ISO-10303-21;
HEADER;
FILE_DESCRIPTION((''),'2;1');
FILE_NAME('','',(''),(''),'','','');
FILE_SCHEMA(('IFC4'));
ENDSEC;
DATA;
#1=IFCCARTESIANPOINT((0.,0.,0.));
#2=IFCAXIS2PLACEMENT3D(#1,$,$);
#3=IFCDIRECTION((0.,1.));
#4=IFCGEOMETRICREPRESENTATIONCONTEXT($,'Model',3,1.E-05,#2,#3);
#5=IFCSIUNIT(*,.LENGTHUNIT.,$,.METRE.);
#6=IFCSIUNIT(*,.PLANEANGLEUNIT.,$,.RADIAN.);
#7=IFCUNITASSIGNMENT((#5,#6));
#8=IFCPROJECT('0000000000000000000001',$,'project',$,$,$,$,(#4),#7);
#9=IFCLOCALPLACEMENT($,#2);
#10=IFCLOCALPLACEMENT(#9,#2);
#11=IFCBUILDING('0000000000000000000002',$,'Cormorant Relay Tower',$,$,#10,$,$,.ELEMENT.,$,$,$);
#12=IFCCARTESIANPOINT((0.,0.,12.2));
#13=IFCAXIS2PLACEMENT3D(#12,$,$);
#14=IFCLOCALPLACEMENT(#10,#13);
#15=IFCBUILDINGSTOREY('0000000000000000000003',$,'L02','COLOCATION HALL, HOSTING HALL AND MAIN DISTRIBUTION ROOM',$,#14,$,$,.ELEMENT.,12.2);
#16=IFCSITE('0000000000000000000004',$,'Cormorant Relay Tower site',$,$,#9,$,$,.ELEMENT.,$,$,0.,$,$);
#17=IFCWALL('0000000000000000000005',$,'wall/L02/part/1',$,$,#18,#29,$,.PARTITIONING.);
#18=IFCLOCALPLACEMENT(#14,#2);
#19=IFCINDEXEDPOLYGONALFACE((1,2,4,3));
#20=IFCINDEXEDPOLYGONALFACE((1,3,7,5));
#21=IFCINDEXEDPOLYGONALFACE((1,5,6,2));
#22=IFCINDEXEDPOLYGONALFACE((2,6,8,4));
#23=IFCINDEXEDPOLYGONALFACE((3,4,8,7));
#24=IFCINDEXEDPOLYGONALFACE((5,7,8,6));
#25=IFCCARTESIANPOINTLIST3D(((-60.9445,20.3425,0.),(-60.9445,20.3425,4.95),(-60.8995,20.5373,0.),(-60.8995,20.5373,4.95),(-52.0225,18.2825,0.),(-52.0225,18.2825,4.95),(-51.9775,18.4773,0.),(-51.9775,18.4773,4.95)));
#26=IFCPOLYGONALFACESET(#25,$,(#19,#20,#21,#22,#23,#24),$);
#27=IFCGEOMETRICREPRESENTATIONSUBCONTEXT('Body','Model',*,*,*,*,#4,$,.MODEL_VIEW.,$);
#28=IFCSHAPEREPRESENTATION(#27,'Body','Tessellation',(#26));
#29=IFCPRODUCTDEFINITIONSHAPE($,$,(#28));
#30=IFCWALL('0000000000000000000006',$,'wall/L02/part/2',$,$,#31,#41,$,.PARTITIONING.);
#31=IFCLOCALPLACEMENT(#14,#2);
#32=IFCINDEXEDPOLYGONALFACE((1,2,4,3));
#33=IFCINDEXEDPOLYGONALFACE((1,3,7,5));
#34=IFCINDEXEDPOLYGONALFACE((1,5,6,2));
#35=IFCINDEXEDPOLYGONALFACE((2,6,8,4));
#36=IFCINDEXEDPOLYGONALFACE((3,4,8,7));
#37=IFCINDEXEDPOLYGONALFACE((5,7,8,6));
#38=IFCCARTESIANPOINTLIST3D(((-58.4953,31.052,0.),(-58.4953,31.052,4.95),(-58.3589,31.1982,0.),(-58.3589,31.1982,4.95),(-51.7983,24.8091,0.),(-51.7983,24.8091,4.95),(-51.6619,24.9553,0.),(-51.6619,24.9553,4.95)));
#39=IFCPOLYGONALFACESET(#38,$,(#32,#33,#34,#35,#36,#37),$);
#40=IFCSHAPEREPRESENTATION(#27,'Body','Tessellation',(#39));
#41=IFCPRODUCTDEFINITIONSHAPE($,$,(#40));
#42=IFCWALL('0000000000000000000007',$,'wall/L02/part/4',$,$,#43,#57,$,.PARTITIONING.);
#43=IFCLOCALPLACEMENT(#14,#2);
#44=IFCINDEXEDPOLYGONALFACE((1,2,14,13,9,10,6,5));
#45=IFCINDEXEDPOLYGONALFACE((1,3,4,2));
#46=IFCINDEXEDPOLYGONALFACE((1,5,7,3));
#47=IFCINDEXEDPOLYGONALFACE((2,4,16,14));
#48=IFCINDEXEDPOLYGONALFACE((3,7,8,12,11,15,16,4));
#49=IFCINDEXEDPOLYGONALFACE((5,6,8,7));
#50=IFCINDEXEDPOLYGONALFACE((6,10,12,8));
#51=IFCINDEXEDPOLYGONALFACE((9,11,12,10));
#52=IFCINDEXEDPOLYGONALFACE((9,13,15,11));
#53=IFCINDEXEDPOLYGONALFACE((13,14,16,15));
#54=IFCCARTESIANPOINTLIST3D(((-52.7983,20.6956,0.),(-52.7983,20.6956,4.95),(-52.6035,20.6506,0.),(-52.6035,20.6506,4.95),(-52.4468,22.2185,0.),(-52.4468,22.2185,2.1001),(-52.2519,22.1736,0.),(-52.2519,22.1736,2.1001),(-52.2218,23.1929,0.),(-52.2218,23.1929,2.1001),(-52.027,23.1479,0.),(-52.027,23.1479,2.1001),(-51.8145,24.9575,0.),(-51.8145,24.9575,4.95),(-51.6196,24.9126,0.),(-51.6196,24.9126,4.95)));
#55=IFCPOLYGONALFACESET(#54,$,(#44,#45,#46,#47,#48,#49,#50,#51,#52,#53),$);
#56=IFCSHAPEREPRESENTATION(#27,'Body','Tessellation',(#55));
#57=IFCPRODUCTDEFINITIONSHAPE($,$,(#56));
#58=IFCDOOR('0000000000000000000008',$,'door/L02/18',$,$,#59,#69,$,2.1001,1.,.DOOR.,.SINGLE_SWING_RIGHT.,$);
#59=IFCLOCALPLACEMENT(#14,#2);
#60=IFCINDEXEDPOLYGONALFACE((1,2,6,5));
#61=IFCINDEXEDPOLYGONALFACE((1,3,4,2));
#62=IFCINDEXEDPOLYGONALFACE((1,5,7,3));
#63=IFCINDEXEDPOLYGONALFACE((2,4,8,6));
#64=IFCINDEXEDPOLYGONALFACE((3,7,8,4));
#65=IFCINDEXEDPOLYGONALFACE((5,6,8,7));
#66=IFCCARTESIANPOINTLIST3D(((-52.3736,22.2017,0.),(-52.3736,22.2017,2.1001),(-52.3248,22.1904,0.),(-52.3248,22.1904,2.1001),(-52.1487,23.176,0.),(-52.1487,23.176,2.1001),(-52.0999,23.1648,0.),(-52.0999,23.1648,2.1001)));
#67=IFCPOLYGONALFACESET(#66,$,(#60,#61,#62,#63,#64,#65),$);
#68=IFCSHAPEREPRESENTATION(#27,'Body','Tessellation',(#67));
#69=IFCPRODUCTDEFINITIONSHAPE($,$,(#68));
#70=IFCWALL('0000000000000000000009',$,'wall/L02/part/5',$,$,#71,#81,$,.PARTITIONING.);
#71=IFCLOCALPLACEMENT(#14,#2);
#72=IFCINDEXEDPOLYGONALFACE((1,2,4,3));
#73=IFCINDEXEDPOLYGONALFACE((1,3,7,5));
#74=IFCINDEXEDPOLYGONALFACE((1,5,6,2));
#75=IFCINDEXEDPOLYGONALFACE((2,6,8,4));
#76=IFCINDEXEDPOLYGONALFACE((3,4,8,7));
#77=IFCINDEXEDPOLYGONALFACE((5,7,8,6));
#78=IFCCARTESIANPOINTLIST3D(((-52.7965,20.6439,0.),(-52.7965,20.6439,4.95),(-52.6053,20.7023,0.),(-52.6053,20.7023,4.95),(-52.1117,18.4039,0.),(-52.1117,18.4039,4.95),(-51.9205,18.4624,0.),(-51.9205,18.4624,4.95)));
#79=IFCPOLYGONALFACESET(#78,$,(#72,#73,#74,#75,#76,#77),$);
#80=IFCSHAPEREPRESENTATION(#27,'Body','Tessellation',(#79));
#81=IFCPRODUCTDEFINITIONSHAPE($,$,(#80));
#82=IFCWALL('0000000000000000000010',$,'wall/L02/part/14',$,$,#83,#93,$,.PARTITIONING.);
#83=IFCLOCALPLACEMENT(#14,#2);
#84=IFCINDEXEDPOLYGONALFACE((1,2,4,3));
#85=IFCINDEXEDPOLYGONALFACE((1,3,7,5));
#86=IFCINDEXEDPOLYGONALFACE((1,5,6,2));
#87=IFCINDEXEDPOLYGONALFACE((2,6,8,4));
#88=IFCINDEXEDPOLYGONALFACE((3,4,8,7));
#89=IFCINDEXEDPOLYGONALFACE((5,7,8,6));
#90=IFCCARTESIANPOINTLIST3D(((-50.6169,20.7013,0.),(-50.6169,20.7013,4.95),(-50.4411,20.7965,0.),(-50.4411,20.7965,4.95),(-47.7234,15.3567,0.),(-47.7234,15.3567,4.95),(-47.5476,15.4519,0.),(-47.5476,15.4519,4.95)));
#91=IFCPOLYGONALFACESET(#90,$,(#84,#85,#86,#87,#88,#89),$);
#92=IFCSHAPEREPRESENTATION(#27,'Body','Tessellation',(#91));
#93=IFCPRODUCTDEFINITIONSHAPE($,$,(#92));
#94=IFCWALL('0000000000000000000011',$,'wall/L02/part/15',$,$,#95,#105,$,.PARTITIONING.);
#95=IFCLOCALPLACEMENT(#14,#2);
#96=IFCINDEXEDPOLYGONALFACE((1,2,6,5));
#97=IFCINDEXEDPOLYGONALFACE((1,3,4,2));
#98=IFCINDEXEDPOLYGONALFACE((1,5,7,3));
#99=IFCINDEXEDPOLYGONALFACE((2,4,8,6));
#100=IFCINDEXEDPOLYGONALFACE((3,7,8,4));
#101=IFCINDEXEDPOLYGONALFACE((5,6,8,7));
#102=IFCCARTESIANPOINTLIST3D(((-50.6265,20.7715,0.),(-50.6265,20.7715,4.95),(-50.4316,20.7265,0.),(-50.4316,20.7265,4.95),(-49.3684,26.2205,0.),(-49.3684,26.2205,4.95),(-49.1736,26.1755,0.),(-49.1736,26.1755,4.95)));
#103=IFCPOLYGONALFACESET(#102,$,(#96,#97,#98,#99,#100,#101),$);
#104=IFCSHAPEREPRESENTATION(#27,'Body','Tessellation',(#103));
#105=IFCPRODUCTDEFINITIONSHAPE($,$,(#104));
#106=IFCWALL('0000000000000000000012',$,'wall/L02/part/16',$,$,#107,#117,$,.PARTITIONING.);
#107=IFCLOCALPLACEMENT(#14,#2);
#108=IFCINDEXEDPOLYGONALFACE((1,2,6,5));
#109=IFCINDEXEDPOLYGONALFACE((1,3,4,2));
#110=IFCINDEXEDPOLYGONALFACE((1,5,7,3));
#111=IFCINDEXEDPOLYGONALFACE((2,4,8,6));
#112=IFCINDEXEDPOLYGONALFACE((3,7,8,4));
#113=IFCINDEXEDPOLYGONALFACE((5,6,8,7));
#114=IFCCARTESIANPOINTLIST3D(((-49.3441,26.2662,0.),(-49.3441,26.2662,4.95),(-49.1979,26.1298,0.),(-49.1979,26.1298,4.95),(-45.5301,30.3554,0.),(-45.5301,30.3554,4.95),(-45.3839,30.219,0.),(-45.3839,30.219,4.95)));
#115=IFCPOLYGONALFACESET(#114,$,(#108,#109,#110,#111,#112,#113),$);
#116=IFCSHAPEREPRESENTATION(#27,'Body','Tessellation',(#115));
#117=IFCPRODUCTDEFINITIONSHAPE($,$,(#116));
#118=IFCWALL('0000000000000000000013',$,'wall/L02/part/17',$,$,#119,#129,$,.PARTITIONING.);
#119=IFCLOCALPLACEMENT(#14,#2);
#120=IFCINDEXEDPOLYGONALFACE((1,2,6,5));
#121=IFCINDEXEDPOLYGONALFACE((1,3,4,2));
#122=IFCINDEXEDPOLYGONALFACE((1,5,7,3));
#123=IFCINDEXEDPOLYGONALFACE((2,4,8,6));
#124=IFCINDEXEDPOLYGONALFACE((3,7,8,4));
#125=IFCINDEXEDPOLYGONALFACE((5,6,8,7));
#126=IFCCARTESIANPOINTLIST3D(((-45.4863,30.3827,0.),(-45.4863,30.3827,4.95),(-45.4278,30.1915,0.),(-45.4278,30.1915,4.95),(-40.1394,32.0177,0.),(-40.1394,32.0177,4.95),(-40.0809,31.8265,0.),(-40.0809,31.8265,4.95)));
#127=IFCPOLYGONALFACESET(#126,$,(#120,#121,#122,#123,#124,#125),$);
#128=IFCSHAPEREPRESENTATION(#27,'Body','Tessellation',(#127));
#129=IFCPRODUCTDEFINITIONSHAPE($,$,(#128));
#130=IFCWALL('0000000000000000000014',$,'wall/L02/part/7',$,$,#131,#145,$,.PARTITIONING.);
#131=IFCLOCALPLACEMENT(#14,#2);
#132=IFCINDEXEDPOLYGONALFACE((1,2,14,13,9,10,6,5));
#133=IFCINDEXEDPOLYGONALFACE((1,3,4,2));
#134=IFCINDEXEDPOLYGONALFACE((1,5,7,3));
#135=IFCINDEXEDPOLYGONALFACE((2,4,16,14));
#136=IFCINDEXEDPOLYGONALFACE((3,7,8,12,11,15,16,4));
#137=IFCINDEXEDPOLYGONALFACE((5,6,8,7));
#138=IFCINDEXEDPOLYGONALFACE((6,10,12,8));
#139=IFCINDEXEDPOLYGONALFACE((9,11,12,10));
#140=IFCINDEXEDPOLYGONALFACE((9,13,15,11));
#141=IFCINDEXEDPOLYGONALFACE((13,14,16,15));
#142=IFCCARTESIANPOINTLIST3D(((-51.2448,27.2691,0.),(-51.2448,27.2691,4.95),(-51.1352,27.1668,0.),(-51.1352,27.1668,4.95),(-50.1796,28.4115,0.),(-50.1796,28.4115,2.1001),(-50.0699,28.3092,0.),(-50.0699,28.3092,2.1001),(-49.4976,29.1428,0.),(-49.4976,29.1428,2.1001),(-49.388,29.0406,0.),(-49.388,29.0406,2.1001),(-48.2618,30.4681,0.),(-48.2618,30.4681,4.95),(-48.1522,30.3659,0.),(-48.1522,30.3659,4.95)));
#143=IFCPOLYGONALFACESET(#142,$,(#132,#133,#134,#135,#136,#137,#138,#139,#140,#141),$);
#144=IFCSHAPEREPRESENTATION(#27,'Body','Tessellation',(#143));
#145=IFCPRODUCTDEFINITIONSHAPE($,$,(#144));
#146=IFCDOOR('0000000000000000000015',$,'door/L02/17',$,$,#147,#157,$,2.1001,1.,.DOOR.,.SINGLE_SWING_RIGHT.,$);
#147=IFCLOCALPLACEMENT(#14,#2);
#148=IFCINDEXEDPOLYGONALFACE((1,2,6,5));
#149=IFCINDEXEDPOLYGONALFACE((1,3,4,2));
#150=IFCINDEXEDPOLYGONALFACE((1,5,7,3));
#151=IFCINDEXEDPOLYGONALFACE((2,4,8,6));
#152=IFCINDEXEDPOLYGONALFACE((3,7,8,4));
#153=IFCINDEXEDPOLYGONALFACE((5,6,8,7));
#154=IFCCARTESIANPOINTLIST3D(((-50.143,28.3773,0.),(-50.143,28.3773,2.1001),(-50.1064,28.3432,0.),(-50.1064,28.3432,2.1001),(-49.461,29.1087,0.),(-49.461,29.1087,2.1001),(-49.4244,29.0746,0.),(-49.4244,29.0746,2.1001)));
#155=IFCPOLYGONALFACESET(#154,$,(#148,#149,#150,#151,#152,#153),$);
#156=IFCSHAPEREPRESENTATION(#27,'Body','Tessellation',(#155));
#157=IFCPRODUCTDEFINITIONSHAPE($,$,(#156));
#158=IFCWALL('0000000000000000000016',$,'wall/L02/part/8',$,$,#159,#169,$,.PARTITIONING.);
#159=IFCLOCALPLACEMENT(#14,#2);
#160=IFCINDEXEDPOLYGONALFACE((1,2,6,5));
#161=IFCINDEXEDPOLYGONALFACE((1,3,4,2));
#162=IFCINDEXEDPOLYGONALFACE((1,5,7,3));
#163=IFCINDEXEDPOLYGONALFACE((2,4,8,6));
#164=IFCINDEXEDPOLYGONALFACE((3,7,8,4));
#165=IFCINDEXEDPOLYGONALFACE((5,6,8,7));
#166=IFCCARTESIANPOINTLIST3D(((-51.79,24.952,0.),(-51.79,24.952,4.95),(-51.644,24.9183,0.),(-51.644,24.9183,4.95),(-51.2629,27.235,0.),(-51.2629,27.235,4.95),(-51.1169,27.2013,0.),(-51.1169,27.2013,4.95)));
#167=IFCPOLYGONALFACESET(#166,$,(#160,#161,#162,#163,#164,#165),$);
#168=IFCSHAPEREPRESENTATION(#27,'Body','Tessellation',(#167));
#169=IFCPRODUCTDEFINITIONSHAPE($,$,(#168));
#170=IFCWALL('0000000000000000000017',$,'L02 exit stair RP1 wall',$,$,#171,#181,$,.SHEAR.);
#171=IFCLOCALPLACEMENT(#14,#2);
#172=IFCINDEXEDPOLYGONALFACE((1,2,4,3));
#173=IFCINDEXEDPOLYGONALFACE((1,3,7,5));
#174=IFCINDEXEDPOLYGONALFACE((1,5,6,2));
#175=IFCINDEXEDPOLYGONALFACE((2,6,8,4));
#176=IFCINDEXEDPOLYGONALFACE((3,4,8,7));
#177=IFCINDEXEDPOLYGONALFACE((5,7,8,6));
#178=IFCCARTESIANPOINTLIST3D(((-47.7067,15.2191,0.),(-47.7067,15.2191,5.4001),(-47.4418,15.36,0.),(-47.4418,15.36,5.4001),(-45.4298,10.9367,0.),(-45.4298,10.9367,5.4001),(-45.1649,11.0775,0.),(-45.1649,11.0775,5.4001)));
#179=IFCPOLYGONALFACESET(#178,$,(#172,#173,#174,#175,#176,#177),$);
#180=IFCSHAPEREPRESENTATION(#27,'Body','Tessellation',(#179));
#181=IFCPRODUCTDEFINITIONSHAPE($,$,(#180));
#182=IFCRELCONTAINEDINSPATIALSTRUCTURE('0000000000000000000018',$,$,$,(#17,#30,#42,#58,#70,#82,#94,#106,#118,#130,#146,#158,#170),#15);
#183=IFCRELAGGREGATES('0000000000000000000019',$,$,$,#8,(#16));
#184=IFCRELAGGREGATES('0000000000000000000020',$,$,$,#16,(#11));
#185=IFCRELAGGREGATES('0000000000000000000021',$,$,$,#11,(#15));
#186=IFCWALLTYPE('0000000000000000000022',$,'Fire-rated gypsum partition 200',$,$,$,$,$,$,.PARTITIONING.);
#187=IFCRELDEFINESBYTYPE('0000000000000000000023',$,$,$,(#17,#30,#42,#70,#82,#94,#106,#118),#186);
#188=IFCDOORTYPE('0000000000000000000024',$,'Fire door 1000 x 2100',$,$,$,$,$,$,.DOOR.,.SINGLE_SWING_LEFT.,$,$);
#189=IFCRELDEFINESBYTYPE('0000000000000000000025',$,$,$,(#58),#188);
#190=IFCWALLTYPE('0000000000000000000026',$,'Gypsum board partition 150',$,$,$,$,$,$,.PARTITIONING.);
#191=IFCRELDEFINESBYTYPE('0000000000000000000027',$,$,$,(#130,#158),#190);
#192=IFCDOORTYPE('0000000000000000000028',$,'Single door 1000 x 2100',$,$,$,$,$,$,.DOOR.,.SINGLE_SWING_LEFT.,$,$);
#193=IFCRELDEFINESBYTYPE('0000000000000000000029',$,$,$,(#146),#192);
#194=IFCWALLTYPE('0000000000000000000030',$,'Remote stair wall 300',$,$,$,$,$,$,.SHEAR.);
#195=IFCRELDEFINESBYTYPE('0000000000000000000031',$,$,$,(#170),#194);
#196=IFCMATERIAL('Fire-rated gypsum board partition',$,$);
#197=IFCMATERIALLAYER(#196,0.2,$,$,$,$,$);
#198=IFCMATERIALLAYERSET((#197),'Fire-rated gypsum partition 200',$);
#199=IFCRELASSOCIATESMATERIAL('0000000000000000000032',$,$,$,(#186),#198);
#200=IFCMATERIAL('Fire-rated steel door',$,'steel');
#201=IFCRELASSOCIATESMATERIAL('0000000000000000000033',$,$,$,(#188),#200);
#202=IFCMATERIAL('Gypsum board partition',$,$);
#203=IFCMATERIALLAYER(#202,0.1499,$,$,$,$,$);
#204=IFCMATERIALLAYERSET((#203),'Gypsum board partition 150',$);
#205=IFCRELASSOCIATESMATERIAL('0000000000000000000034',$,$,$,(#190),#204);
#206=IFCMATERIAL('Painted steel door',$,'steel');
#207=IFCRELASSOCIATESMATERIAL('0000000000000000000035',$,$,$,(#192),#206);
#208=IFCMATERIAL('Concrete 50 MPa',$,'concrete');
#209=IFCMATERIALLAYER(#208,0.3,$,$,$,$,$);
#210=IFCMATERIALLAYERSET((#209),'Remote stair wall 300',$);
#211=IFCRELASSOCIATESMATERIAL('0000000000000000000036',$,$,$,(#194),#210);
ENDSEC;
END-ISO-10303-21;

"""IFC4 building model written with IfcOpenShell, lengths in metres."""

from ifc_helpers import new_model, si_unit, direction, frame, frame_2d, origin, place, context, subcontext, project, spatial, rectangle, extrude, material, layer, layer_set, type_object, element, fill, save


model = new_model("IFC4")

# Units and contexts
model_context = context("Model", 3, precision=1e-05, world=origin(), true_north=direction((0.0, 1.0)))
body_context = subcontext(model_context, "Body", "Model", "MODEL_VIEW")
ifc_project = project(units=[si_unit("LENGTHUNIT", "METRE"), si_unit("PLANEANGLEUNIT", "RADIAN")], contexts=[model_context])

# Site, building, storey
site_placement = place(None, origin())
site = spatial("IfcSite", under=ifc_project, at=site_placement, Name="Cormorant Relay Tower site", CompositionType="ELEMENT", RefElevation=0.0)
building_placement = place(site_placement, origin())
building = spatial("IfcBuilding", under=site, at=building_placement, Name="Cormorant Relay Tower", CompositionType="ELEMENT")
storey_placement = place(building_placement, frame((0.0, 0.0, 12.2)))
storey = spatial("IfcBuildingStorey", under=building, at=storey_placement, Name="L02", Description="COLOCATION HALL, HOSTING HALL AND MAIN DISTRIBUTION ROOM", CompositionType="ELEMENT", Elevation=12.2)

# Walls
ifc_material_1 = material(Name="Fire-rated gypsum board partition")
ifc_layer_1 = layer(ifc_material_1, 0.2)
ifc_layer_set_1 = layer_set([ifc_layer_1], Name="Fire-rated gypsum partition 200")
wall_type_1 = type_object("IfcWallType", Name="Fire-rated gypsum partition 200", PredefinedType="PARTITIONING", material=ifc_layer_set_1)
wall_1_placement = place(storey_placement, frame((-52.0, 18.3799, 0.0), z_axis=(0.0, 0.0, 1.0), x_axis=(-0.974365, 0.224974, 0.0)))
element("IfcWall", 1, at=wall_1_placement, inside=storey, type_object=wall_type_1, Name="wall/L02/part/1", PredefinedType="PARTITIONING", context=body_context, shape_type="SweptSolid", body=[
    extrude(rectangle(XDim=9.1567, YDim=0.2, at=frame_2d((4.5784, 0.0))), origin(), (0.0, 0.0, 1.0), 4.95),
])
wall_2_placement = place(storey_placement, frame((-58.427, 31.125, 0.0), z_axis=(0.0, 0.0, 1.0), x_axis=(0.731471, -0.681873, 0.0)))
element("IfcWall", 2, at=wall_2_placement, inside=storey, type_object=wall_type_1, Name="wall/L02/part/2", PredefinedType="PARTITIONING", context=body_context, shape_type="SweptSolid", body=[
    extrude(rectangle(XDim=9.1555, YDim=0.2, at=frame_2d((4.5776, 0.0))), origin(), (0.0, 0.0, 1.0), 4.95),
])

# Wall, opening, door
wall_3_placement = place(storey_placement, frame((-51.717, 24.9351, 0.0), z_axis=(0.0, 0.0, 1.0), x_axis=(-0.224937, -0.974373, 0.0)))
wall_3 = element("IfcWall", 3, at=wall_3_placement, inside=storey, type_object=wall_type_1, Name="wall/L02/part/4", PredefinedType="PARTITIONING", context=body_context, shape_type="SweptSolid", body=[
    extrude(rectangle(XDim=4.374, YDim=0.2, at=frame_2d((2.187, 0.0))), origin(), (0.0, 0.0, 1.0), 4.95),
])
opening_1_placement = place(wall_3_placement, frame((1.811, 0.0, 0.0)))
opening_1 = element("IfcOpeningElement", 4, at=opening_1_placement, cuts=wall_3, PredefinedType="OPENING", context=body_context, shape_type="SweptSolid", body=[
    extrude(rectangle(XDim=1.0, YDim=2.1001, at=frame_2d((0.5, 1.05))), frame((0.0, 0.1099, 0.0), z_axis=(0.0, -1.0, 0.0), x_axis=(1.0, 0.0, 0.0)), (0.0, 0.0, 1.0), 0.22),
])
ifc_material_2 = material(Name="Fire-rated steel door", Category="steel")
door_type_1 = type_object("IfcDoorType", Name="Fire door 1000 x 2100", OperationType="SINGLE_SWING_LEFT", PredefinedType="DOOR", material=ifc_material_2)
door_1_placement = place(opening_1_placement, frame((1.0, 0.0, 0.0), z_axis=(0.0, 0.0, 1.0), x_axis=(-1.0, 0.0, 0.0)))
door_1 = element("IfcDoor", 5, at=door_1_placement, inside=storey, type_object=door_type_1, Name="door/L02/18", OperationType="SINGLE_SWING_RIGHT", OverallHeight=2.1001, OverallWidth=1.0, PredefinedType="DOOR", context=body_context, shape_type="SweptSolid", body=[
    extrude(rectangle(XDim=1.0, YDim=2.1001, at=frame_2d((0.5, 1.05))), frame((0.0, 0.0249, 0.0), z_axis=(0.0, -1.0, 0.0), x_axis=(1.0, 0.0, 0.0)), (0.0, 0.0, 1.0), 0.05),
])
fill(opening_1, door_1)

# Walls
wall_4_placement = place(storey_placement, frame((-52.7009, 20.6731, 0.0), z_axis=(0.0, 0.0, 1.0), x_axis=(0.292364, -0.956307, 0.0)))
element("IfcWall", 6, at=wall_4_placement, inside=storey, type_object=wall_type_1, Name="wall/L02/part/5", PredefinedType="PARTITIONING", context=body_context, shape_type="SweptSolid", body=[
    extrude(rectangle(XDim=2.3423, YDim=0.2, at=frame_2d((1.1711, 0.0))), origin(), (0.0, 0.0, 1.0), 4.95),
])
wall_5_placement = place(storey_placement, frame((-47.6355, 15.4043, 0.0), z_axis=(0.0, 0.0, 1.0), x_axis=(-0.476092, 0.879396, 0.0)))
element("IfcWall", 7, at=wall_5_placement, inside=storey, type_object=wall_type_1, Name="wall/L02/part/14", PredefinedType="PARTITIONING", context=body_context, shape_type="SweptSolid", body=[
    extrude(rectangle(XDim=6.0776, YDim=0.2, at=frame_2d((3.0388, 0.0))), origin(), (0.0, 0.0, 1.0), 4.95),
])
wall_6_placement = place(storey_placement, frame((-50.5291, 20.749, 0.0), z_axis=(0.0, 0.0, 1.0), x_axis=(0.224962, 0.974368, 0.0)))
element("IfcWall", 8, at=wall_6_placement, inside=storey, type_object=wall_type_1, Name="wall/L02/part/15", PredefinedType="PARTITIONING", context=body_context, shape_type="SweptSolid", body=[
    extrude(rectangle(XDim=5.5923, YDim=0.2, at=frame_2d((2.7961, 0.0))), origin(), (0.0, 0.0, 1.0), 4.95),
])
wall_7_placement = place(storey_placement, frame((-49.271, 26.198, 0.0), z_axis=(0.0, 0.0, 1.0), x_axis=(0.682076, 0.731282, 0.0)))
element("IfcWall", 9, at=wall_7_placement, inside=storey, type_object=wall_type_1, Name="wall/L02/part/16", PredefinedType="PARTITIONING", context=body_context, shape_type="SweptSolid", body=[
    extrude(rectangle(XDim=5.5918, YDim=0.2, at=frame_2d((2.7959, 0.0))), origin(), (0.0, 0.0, 1.0), 4.95),
])
wall_8_placement = place(storey_placement, frame((-45.457, 30.2871, 0.0), z_axis=(0.0, 0.0, 1.0), x_axis=(0.95629, 0.292419, 0.0)))
element("IfcWall", 10, at=wall_8_placement, inside=storey, type_object=wall_type_1, Name="wall/L02/part/17", PredefinedType="PARTITIONING", context=body_context, shape_type="SweptSolid", body=[
    extrude(rectangle(XDim=5.5913, YDim=0.2, at=frame_2d((2.7957, 0.0))), origin(), (0.0, 0.0, 1.0), 4.95),
])

# Wall, opening, door
ifc_material_3 = material(Name="Gypsum board partition")
ifc_layer_2 = layer(ifc_material_3, 0.1499)
ifc_layer_set_2 = layer_set([ifc_layer_2], Name="Gypsum board partition 150")
wall_type_2 = type_object("IfcWallType", Name="Gypsum board partition 150", PredefinedType="PARTITIONING", material=ifc_layer_set_2)
wall_9_placement = place(storey_placement, frame((-48.207, 30.417, 0.0), z_axis=(0.0, 0.0, 1.0), x_axis=(-0.681976, -0.731374, 0.0)))
wall_9 = element("IfcWall", 11, at=wall_9_placement, inside=storey, type_object=wall_type_2, Name="wall/L02/part/7", PredefinedType="PARTITIONING", context=body_context, shape_type="SweptSolid", body=[
    extrude(rectangle(XDim=4.374, YDim=0.1499, at=frame_2d((2.187, 0.0))), origin(), (0.0, 0.0, 1.0), 4.95),
])
opening_2_placement = place(wall_9_placement, frame((1.812, 0.0, 0.0)))
opening_2 = element("IfcOpeningElement", 12, at=opening_2_placement, cuts=wall_9, PredefinedType="OPENING", context=body_context, shape_type="SweptSolid", body=[
    extrude(rectangle(XDim=1.0, YDim=2.1001, at=frame_2d((0.5, 1.05))), frame((0.0, 0.085, 0.0), z_axis=(0.0, -1.0, 0.0), x_axis=(1.0, 0.0, 0.0)), (0.0, 0.0, 1.0), 0.1699),
])
ifc_material_4 = material(Name="Painted steel door", Category="steel")
door_type_2 = type_object("IfcDoorType", Name="Single door 1000 x 2100", OperationType="SINGLE_SWING_LEFT", PredefinedType="DOOR", material=ifc_material_4)
door_2_placement = place(opening_2_placement, frame((1.0, 0.0, 0.0), z_axis=(0.0, 0.0, 1.0), x_axis=(-1.0, 0.0, 0.0)))
door_2 = element("IfcDoor", 13, at=door_2_placement, inside=storey, type_object=door_type_2, Name="door/L02/17", OperationType="SINGLE_SWING_RIGHT", OverallHeight=2.1001, OverallWidth=1.0, PredefinedType="DOOR", context=body_context, shape_type="SweptSolid", body=[
    extrude(rectangle(XDim=1.0, YDim=2.1001, at=frame_2d((0.5, 1.05))), frame((0.0, 0.0249, 0.0), z_axis=(0.0, -1.0, 0.0), x_axis=(1.0, 0.0, 0.0)), (0.0, 0.0, 1.0), 0.05),
])
fill(opening_2, door_2)

# Walls
wall_10_placement = place(storey_placement, frame((-51.1899, 27.218, 0.0), z_axis=(0.0, 0.0, 1.0), x_axis=(-0.224966, -0.974367, 0.0)))
element("IfcWall", 14, at=wall_10_placement, inside=storey, type_object=wall_type_2, Name="wall/L02/part/8", PredefinedType="PARTITIONING", context=body_context, shape_type="SweptSolid", body=[
    extrude(rectangle(XDim=2.343, YDim=0.1499, at=frame_2d((1.1714, 0.0))), origin(), (0.0, 0.0, 1.0), 4.95),
])
ifc_material_5 = material(Name="Concrete 50 MPa", Category="concrete")
ifc_layer_3 = layer(ifc_material_5, 0.3)
ifc_layer_set_3 = layer_set([ifc_layer_3], Name="Remote stair wall 300")
wall_type_3 = type_object("IfcWallType", Name="Remote stair wall 300", PredefinedType="SHEAR", material=ifc_layer_set_3)
wall_11_placement = place(storey_placement, frame((-47.5742, 15.2896, 0.0), z_axis=(0.0, 0.0, 1.0), x_axis=(0.469443, -0.882963, 0.0)))
element("IfcWall", 15, at=wall_11_placement, inside=storey, type_object=wall_type_3, Name="L02 exit stair RP1 wall", PredefinedType="SHEAR", context=body_context, shape_type="SweptSolid", body=[
    extrude(rectangle(XDim=4.8501, YDim=0.3, at=frame_2d((2.425, 0.0))), origin(), (0.0, 0.0, 1.0), 5.4001),
])

save(model, "model.ifc")
